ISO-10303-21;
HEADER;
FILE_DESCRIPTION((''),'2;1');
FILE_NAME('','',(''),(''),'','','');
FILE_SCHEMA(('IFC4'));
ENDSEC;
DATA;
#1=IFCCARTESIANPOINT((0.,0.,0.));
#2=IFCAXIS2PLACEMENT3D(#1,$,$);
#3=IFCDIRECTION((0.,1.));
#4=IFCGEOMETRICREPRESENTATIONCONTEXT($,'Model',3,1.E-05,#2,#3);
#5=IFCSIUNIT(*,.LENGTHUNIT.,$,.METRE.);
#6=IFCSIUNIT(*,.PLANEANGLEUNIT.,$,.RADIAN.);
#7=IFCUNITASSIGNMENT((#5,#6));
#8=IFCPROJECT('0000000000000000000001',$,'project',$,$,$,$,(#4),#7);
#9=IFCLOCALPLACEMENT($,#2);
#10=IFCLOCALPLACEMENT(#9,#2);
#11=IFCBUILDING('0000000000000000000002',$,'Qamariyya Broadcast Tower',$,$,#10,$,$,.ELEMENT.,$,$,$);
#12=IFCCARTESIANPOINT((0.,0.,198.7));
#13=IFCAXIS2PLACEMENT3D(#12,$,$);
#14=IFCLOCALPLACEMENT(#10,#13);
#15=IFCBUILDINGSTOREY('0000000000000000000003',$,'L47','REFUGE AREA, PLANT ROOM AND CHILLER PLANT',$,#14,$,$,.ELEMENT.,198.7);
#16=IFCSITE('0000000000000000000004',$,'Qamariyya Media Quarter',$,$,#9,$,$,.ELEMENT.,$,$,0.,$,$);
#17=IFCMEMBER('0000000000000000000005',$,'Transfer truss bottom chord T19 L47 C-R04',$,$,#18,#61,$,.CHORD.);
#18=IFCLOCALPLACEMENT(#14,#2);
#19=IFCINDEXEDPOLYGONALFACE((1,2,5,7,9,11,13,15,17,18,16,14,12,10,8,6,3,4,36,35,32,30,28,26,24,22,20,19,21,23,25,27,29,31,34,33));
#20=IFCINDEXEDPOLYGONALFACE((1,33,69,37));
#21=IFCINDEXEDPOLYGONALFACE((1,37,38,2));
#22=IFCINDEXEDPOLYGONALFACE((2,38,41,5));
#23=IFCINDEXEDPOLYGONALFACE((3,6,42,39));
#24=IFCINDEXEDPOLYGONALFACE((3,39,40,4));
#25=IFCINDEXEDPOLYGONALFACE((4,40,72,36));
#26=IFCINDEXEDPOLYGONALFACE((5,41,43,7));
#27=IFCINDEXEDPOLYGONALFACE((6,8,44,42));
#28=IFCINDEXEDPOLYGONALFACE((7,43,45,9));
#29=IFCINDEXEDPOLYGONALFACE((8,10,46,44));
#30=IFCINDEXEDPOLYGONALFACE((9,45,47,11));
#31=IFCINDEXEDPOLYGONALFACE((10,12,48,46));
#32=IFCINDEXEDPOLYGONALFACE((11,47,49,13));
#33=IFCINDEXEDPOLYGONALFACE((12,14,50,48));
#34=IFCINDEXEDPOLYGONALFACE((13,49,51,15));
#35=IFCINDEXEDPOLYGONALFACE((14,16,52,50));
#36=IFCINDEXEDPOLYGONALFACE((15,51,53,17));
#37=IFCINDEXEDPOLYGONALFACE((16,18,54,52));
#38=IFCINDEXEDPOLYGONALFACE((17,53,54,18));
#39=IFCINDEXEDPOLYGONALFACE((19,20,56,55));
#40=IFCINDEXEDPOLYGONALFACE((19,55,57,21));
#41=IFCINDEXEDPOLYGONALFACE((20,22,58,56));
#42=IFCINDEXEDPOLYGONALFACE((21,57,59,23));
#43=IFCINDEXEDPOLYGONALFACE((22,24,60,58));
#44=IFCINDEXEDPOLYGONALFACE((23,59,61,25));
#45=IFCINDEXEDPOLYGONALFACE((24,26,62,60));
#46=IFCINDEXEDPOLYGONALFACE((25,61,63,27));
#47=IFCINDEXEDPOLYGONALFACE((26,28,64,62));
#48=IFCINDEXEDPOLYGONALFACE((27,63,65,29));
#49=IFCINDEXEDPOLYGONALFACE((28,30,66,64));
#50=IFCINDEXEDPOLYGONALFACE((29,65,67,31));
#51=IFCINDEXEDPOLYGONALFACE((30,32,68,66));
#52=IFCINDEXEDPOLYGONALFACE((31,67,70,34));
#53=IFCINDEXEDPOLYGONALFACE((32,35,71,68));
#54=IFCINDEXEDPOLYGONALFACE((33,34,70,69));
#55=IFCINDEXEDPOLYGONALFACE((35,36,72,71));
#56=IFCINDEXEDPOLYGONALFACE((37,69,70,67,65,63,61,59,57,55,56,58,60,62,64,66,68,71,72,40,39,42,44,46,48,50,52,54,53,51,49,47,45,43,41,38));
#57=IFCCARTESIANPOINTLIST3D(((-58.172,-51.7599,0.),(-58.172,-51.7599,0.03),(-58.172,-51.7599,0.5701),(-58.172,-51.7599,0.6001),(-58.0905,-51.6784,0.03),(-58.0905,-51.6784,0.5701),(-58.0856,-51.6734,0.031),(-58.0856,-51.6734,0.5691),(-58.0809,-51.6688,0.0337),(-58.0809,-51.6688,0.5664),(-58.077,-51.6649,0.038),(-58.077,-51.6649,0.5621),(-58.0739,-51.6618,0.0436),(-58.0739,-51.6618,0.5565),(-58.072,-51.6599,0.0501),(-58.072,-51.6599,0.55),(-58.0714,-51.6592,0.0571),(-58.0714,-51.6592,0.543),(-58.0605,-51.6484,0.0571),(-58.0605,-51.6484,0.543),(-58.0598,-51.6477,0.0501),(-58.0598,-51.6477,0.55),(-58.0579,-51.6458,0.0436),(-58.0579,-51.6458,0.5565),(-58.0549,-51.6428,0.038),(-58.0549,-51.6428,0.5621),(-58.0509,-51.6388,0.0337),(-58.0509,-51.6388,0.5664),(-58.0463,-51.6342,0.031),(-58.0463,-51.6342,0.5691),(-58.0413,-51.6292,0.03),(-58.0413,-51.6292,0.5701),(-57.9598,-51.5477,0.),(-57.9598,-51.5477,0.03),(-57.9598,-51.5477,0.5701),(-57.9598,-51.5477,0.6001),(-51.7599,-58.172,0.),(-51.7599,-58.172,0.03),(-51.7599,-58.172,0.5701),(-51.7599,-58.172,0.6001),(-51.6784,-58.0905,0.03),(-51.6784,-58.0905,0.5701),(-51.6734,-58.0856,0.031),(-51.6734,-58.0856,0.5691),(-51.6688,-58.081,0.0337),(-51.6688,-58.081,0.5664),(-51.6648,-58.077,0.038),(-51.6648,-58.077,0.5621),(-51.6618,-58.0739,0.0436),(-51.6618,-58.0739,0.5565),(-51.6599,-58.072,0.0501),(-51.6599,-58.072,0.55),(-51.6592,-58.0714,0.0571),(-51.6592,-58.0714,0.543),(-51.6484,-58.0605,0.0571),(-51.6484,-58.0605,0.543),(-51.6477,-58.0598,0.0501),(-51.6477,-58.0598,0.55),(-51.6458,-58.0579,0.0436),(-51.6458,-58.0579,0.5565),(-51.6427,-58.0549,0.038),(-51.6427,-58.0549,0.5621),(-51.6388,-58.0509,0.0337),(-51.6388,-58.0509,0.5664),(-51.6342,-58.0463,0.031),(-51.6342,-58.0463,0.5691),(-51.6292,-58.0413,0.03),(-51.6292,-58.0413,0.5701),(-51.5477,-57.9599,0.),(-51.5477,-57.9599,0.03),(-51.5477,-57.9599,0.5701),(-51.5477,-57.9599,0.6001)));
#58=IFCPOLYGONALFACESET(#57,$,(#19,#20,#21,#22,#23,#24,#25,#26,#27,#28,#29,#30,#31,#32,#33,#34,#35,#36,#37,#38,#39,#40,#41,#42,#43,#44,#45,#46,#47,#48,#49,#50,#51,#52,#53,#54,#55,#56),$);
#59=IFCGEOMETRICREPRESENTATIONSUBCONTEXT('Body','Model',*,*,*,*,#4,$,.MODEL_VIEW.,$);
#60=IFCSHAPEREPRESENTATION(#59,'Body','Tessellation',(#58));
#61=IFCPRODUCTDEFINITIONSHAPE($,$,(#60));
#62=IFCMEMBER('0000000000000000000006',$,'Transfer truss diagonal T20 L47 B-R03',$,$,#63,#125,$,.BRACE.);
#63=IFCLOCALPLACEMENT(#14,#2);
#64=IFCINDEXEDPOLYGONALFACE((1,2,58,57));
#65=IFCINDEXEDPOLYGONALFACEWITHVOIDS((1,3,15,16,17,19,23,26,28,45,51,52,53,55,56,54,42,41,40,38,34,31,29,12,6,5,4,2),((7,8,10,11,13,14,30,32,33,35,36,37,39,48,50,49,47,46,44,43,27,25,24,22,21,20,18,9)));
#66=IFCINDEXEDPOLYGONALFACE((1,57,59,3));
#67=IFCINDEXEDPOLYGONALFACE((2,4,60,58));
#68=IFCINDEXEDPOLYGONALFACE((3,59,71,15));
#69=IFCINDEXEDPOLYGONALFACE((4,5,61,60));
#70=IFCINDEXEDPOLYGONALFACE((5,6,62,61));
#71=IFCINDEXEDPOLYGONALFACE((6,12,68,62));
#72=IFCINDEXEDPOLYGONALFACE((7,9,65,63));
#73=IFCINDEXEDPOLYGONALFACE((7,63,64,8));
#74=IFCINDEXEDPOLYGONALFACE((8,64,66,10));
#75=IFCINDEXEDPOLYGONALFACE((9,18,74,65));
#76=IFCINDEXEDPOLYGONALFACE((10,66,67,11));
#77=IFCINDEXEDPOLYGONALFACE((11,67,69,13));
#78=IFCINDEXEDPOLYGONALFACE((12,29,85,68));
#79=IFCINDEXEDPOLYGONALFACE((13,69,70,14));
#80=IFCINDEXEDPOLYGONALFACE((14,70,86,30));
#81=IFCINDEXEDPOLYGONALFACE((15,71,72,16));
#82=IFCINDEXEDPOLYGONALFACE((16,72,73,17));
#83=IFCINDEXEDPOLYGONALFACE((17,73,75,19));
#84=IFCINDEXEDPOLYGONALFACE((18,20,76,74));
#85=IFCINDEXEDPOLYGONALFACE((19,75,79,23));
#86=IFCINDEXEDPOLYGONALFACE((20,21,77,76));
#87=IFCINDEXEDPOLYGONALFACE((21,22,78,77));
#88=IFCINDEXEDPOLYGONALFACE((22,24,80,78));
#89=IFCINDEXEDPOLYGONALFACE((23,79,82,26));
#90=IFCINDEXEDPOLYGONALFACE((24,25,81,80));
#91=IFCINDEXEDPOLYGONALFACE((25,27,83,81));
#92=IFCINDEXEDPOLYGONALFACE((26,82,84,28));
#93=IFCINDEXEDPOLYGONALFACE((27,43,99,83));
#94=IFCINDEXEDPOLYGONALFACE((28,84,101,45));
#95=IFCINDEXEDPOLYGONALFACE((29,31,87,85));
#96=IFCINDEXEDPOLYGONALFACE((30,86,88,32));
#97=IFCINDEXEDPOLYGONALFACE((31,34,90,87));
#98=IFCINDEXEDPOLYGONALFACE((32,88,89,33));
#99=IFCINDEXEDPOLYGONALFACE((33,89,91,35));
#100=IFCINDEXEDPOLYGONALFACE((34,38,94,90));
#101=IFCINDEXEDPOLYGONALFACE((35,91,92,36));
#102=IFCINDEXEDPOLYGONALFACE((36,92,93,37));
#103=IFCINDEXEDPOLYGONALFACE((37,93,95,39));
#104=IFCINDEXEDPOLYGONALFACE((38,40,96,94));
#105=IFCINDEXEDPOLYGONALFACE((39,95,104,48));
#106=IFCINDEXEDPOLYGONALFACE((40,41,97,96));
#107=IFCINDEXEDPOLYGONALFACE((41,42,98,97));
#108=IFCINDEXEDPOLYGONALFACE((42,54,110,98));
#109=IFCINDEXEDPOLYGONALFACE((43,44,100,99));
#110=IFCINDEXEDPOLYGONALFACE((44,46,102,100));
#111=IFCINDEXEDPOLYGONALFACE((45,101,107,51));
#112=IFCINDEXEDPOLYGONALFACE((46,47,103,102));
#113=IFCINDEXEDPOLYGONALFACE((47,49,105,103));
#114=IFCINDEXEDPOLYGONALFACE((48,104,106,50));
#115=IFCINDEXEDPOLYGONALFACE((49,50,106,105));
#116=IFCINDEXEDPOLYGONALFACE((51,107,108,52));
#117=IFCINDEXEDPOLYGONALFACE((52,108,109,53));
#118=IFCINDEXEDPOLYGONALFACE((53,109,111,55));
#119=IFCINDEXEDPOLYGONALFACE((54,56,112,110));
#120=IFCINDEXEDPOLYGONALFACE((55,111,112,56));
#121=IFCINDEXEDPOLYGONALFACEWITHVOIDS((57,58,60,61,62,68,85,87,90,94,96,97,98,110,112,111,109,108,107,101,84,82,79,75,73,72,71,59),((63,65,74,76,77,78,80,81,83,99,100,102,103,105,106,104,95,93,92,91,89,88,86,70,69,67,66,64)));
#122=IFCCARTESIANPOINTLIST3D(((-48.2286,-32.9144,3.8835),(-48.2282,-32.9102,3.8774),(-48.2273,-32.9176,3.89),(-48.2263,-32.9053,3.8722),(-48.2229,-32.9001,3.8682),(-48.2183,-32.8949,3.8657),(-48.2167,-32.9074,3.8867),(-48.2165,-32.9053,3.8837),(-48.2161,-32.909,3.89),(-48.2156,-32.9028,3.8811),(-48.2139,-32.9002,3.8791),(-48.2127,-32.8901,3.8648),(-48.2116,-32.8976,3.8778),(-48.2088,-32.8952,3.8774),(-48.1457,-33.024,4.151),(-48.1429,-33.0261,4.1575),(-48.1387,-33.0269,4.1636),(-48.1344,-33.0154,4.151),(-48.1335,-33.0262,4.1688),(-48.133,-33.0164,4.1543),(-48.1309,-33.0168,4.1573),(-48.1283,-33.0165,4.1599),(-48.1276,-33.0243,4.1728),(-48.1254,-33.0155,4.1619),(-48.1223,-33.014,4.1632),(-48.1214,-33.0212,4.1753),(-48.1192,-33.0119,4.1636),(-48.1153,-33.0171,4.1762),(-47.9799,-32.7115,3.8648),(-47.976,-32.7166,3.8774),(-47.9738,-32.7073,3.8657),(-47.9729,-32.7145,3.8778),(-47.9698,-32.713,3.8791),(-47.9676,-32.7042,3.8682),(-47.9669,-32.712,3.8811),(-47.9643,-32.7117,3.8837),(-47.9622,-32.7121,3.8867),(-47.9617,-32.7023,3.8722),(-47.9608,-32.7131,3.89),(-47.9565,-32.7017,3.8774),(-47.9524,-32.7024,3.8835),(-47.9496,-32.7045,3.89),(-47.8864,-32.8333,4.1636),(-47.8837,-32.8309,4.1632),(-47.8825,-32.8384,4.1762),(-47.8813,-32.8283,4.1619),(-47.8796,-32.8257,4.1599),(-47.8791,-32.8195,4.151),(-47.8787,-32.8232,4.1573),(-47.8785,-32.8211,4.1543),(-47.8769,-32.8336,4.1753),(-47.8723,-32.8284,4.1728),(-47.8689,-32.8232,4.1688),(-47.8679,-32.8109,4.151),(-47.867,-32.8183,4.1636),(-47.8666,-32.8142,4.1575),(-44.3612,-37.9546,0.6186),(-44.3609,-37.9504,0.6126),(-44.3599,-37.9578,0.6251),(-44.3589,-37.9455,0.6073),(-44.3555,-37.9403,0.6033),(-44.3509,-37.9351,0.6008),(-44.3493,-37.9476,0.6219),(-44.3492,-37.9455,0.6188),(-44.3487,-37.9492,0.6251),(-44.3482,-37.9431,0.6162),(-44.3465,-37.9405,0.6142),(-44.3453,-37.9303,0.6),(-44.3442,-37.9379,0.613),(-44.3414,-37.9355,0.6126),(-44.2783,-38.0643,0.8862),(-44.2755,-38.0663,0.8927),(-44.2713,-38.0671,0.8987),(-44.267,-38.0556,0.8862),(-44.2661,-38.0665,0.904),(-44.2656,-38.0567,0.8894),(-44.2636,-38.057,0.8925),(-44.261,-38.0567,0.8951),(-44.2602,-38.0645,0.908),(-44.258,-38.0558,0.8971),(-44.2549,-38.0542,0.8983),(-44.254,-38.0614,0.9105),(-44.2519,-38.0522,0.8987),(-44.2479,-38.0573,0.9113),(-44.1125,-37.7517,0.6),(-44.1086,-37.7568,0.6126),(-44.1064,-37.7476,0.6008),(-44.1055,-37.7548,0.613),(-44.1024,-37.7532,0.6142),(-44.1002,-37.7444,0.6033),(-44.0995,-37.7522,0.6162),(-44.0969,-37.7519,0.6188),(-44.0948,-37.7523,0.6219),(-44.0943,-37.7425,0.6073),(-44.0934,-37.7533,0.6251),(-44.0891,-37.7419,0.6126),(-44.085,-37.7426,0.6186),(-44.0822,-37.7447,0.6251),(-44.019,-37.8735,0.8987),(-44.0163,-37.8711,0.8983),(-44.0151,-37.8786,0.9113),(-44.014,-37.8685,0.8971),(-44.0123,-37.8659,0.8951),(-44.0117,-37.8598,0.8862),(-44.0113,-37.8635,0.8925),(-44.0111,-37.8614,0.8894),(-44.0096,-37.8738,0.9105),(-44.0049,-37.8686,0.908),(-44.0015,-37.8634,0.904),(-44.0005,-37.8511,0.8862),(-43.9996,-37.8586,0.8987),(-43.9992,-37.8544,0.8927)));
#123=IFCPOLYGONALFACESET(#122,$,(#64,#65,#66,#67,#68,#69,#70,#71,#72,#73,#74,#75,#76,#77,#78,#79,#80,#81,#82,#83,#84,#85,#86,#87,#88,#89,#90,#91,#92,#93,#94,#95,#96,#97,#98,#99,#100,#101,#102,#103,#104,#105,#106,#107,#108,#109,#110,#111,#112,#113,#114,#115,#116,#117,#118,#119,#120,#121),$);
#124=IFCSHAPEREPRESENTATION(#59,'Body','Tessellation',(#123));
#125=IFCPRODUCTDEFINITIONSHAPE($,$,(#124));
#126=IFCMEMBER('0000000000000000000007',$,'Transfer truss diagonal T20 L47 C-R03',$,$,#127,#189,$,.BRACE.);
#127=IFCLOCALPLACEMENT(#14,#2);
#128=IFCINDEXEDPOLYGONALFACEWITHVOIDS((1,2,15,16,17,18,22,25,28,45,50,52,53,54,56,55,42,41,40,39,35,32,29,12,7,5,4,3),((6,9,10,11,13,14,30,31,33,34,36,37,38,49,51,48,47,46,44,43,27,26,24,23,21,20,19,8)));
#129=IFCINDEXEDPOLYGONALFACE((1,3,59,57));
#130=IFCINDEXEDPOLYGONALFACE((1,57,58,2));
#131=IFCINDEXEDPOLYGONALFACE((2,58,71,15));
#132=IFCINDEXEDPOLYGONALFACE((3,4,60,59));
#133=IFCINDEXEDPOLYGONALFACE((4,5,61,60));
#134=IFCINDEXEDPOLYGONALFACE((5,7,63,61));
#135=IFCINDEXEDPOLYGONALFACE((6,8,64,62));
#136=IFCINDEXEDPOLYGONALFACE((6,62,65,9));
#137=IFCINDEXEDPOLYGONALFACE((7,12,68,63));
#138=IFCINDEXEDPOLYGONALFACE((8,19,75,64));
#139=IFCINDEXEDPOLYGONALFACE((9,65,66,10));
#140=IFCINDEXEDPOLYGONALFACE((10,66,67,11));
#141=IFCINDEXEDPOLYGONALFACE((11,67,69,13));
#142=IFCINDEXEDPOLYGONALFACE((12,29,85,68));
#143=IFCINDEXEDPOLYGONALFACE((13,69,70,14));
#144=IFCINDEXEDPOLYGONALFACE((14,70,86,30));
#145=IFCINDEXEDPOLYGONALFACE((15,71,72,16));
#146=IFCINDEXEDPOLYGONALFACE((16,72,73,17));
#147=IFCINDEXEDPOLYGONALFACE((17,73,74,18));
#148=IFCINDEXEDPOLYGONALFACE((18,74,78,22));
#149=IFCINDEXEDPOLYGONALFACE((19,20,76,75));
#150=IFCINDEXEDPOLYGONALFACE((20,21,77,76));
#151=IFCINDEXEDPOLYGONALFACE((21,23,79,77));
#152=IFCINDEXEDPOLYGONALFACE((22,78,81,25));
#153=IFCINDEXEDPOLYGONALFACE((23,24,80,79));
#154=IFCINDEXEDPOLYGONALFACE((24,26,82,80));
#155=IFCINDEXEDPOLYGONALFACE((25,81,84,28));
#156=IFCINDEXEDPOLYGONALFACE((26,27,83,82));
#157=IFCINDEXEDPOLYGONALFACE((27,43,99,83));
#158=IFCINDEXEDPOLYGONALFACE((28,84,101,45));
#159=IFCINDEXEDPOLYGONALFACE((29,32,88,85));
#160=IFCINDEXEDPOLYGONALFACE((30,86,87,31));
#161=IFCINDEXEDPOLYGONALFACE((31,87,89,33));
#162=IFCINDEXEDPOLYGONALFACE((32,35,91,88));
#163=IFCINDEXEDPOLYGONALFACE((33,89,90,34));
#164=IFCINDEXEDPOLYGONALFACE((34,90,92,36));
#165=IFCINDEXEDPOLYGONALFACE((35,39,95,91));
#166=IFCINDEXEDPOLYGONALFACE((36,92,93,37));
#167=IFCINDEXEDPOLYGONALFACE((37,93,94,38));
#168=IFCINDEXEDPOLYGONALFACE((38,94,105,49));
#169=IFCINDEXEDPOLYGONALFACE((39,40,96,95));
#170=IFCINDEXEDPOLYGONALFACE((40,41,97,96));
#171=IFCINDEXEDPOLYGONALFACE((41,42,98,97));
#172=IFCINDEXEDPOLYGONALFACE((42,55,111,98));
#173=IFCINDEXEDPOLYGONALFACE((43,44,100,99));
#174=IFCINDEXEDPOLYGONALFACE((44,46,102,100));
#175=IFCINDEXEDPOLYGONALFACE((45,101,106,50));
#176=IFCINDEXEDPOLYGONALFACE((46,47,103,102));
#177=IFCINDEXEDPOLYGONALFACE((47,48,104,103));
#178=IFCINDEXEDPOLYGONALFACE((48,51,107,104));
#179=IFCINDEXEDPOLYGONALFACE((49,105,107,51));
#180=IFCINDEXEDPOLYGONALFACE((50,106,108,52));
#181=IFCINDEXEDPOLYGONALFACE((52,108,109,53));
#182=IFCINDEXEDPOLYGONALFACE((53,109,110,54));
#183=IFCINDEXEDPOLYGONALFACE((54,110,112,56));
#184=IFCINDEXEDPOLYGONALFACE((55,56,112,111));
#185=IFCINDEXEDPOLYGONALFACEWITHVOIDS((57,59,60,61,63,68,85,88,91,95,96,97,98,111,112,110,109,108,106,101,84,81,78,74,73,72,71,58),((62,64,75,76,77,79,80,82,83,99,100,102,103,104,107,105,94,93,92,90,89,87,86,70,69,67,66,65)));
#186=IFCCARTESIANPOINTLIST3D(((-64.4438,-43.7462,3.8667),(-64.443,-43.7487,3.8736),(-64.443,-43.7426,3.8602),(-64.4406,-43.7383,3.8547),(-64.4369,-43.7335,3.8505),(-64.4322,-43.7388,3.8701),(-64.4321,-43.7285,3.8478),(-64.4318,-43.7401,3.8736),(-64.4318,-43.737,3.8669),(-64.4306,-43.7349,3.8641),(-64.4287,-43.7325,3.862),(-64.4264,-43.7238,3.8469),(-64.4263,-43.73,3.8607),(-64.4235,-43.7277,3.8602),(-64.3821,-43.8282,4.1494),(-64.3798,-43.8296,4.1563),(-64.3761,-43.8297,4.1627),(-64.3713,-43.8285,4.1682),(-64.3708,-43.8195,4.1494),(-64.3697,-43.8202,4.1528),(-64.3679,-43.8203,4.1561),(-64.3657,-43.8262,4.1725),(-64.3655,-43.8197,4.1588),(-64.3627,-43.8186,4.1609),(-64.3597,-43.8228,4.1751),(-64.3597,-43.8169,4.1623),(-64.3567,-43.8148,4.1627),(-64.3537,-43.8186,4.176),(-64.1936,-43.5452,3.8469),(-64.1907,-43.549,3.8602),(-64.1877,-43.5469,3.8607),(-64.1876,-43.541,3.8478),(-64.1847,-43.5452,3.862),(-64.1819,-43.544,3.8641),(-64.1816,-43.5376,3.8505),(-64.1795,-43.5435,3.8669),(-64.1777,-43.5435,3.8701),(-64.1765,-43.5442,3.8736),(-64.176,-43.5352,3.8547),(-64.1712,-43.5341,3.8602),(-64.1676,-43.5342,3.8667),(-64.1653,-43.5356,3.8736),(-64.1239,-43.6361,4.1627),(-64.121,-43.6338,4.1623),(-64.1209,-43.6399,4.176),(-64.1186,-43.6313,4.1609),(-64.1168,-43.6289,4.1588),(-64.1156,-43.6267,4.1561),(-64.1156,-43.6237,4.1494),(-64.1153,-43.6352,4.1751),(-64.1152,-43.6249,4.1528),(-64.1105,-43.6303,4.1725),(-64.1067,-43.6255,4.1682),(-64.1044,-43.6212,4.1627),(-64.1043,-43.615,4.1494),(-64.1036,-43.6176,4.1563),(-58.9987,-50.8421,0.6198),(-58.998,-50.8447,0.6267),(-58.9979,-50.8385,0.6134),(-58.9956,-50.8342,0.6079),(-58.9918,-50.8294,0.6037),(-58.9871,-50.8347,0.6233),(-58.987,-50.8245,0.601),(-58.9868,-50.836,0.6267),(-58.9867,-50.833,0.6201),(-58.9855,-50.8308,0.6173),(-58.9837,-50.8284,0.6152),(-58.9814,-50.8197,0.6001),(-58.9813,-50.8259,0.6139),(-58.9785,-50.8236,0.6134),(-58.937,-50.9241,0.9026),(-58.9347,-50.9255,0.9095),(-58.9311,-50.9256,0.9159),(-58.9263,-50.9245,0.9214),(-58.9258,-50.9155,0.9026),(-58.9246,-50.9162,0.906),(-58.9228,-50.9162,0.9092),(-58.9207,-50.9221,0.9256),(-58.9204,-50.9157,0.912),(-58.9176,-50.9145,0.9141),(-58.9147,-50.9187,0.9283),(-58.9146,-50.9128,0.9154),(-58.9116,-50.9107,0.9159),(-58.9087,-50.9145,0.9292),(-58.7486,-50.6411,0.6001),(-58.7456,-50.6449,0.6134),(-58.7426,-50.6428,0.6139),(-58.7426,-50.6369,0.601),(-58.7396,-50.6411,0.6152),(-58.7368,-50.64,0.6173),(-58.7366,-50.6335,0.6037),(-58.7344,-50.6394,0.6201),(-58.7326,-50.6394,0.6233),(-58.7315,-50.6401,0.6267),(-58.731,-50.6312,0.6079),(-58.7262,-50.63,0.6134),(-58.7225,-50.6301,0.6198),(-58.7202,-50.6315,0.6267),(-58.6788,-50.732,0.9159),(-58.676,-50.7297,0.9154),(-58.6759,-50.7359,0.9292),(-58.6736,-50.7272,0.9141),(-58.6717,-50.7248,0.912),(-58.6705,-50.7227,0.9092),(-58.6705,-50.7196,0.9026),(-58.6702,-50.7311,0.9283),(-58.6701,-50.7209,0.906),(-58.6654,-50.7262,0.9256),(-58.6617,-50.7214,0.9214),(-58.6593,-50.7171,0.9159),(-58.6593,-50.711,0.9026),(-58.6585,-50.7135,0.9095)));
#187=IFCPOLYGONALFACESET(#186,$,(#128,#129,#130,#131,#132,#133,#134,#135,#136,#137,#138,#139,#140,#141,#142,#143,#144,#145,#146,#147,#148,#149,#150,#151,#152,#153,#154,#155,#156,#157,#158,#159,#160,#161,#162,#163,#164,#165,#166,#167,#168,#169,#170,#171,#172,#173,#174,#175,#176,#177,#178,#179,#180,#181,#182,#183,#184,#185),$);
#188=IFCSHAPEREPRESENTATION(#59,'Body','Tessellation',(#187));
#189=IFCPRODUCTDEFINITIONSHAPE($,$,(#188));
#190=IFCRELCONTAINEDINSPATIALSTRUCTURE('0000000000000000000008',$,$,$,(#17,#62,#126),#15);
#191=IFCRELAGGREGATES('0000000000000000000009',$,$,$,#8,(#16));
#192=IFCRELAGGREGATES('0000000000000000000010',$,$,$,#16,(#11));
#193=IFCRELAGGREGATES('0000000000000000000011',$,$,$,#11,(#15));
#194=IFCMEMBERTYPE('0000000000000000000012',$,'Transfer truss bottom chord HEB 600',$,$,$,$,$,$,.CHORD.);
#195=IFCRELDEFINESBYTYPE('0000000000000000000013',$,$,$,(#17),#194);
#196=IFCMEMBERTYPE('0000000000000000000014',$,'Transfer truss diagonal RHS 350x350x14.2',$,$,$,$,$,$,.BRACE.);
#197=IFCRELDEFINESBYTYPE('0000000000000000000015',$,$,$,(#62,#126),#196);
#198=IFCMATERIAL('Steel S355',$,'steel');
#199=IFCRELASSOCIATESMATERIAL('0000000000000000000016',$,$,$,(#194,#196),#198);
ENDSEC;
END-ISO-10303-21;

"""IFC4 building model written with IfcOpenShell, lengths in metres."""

from ifc_helpers import new_model, si_unit, direction, frame, origin, origin_2d, place, context, subcontext, project, spatial, hollow_rectangle, i_section, extrude, material, material_profile, profile_set, type_object, element, save


model = new_model("IFC4")

# Units and contexts
model_context = context("Model", 3, precision=1e-05, world=origin(), true_north=direction((0.0, 1.0)))
body_context = subcontext(model_context, "Body", "Model", "MODEL_VIEW")
ifc_project = project(units=[si_unit("LENGTHUNIT", "METRE"), si_unit("PLANEANGLEUNIT", "RADIAN")], contexts=[model_context])

# Site, building, storey
site_placement = place(None, origin())
site = spatial("IfcSite", under=ifc_project, at=site_placement, Name="Qamariyya Media Quarter", CompositionType="ELEMENT", RefElevation=0.0)
building_placement = place(site_placement, origin())
building = spatial("IfcBuilding", under=site, at=building_placement, Name="Qamariyya Broadcast Tower", CompositionType="ELEMENT")
storey_placement = place(building_placement, frame((0.0, 0.0, 198.7)))
storey = spatial("IfcBuildingStorey", under=building, at=storey_placement, Name="L47", Description="REFUGE AREA, PLANT ROOM AND CHILLER PLANT", CompositionType="ELEMENT", Elevation=198.7)

# Members
ifc_material_1 = material(Name="Steel S355", Category="steel")
ifc_material_profile_1 = material_profile(ifc_material_1, i_section(OverallWidth=0.3, OverallDepth=0.6001, WebThickness=0.0154, FlangeThickness=0.03, FilletRadius=0.0271, at=origin_2d()))
ifc_profile_set_1 = profile_set([ifc_material_profile_1], Name="Steel S355")
member_type_1 = type_object("IfcMemberType", Name="Transfer truss bottom chord HEB 600", PredefinedType="CHORD", material=ifc_profile_set_1)
member_1_placement = place(storey_placement, frame((-58.0659, -51.6538, 0.3), z_axis=(0.707107, -0.707107, 0.0), x_axis=(0.707107, 0.707107, 0.0)))
element("IfcMember", 1, at=member_1_placement, inside=storey, type_object=member_type_1, Name="Transfer truss bottom chord T19 L47 C-R04", PredefinedType="CHORD", context=body_context, shape_type="SweptSolid", body=[
    extrude(i_section(OverallWidth=0.3, OverallDepth=0.6001, WebThickness=0.0154, FlangeThickness=0.03, FilletRadius=0.0271, at=origin_2d()), origin(), (0.0, 0.0, 1.0), 9.0681),
])
ifc_material_profile_2 = material_profile(ifc_material_1, hollow_rectangle(XDim=0.3501, YDim=0.3501, WallThickness=0.0142, InnerFilletRadius=0.0142, OuterFilletRadius=0.0283, at=origin_2d()))
ifc_profile_set_2 = profile_set([ifc_material_profile_2], Name="Steel S355")
member_type_2 = type_object("IfcMemberType", Name="Transfer truss diagonal RHS 350x350x14.2", PredefinedType="BRACE", material=ifc_profile_set_2)
member_2_placement = place(storey_placement, frame((-48.0476, -32.8643, 4.0205), z_axis=(0.541437, -0.705636, -0.457082), x_axis=(0.793362, 0.60875, 0.0)))
element("IfcMember", 2, at=member_2_placement, inside=storey, type_object=member_type_2, Name="Transfer truss diagonal T20 L47 B-R03", PredefinedType="BRACE", context=body_context, shape_type="SweptSolid", body=[
    extrude(hollow_rectangle(XDim=0.3501, YDim=0.3501, WallThickness=0.0142, InnerFilletRadius=0.0142, OuterFilletRadius=0.0283, at=origin_2d()), origin(), (0.0, 0.0, 1.0), 7.1428),
])
member_3_placement = place(storey_placement, frame((-64.2737, -43.6819, 4.0115), z_axis=(0.572237, -0.745732, -0.341218), x_axis=(0.793345, 0.608772, 0.0)))
element("IfcMember", 3, at=member_3_placement, inside=storey, type_object=member_type_2, Name="Transfer truss diagonal T20 L47 C-R03", PredefinedType="BRACE", context=body_context, shape_type="SweptSolid", body=[
    extrude(hollow_rectangle(XDim=0.3501, YDim=0.3501, WallThickness=0.0142, InnerFilletRadius=0.0142, OuterFilletRadius=0.0283, at=origin_2d()), origin(), (0.0, 0.0, 1.0), 9.5154),
])

save(model, "model.ifc")
